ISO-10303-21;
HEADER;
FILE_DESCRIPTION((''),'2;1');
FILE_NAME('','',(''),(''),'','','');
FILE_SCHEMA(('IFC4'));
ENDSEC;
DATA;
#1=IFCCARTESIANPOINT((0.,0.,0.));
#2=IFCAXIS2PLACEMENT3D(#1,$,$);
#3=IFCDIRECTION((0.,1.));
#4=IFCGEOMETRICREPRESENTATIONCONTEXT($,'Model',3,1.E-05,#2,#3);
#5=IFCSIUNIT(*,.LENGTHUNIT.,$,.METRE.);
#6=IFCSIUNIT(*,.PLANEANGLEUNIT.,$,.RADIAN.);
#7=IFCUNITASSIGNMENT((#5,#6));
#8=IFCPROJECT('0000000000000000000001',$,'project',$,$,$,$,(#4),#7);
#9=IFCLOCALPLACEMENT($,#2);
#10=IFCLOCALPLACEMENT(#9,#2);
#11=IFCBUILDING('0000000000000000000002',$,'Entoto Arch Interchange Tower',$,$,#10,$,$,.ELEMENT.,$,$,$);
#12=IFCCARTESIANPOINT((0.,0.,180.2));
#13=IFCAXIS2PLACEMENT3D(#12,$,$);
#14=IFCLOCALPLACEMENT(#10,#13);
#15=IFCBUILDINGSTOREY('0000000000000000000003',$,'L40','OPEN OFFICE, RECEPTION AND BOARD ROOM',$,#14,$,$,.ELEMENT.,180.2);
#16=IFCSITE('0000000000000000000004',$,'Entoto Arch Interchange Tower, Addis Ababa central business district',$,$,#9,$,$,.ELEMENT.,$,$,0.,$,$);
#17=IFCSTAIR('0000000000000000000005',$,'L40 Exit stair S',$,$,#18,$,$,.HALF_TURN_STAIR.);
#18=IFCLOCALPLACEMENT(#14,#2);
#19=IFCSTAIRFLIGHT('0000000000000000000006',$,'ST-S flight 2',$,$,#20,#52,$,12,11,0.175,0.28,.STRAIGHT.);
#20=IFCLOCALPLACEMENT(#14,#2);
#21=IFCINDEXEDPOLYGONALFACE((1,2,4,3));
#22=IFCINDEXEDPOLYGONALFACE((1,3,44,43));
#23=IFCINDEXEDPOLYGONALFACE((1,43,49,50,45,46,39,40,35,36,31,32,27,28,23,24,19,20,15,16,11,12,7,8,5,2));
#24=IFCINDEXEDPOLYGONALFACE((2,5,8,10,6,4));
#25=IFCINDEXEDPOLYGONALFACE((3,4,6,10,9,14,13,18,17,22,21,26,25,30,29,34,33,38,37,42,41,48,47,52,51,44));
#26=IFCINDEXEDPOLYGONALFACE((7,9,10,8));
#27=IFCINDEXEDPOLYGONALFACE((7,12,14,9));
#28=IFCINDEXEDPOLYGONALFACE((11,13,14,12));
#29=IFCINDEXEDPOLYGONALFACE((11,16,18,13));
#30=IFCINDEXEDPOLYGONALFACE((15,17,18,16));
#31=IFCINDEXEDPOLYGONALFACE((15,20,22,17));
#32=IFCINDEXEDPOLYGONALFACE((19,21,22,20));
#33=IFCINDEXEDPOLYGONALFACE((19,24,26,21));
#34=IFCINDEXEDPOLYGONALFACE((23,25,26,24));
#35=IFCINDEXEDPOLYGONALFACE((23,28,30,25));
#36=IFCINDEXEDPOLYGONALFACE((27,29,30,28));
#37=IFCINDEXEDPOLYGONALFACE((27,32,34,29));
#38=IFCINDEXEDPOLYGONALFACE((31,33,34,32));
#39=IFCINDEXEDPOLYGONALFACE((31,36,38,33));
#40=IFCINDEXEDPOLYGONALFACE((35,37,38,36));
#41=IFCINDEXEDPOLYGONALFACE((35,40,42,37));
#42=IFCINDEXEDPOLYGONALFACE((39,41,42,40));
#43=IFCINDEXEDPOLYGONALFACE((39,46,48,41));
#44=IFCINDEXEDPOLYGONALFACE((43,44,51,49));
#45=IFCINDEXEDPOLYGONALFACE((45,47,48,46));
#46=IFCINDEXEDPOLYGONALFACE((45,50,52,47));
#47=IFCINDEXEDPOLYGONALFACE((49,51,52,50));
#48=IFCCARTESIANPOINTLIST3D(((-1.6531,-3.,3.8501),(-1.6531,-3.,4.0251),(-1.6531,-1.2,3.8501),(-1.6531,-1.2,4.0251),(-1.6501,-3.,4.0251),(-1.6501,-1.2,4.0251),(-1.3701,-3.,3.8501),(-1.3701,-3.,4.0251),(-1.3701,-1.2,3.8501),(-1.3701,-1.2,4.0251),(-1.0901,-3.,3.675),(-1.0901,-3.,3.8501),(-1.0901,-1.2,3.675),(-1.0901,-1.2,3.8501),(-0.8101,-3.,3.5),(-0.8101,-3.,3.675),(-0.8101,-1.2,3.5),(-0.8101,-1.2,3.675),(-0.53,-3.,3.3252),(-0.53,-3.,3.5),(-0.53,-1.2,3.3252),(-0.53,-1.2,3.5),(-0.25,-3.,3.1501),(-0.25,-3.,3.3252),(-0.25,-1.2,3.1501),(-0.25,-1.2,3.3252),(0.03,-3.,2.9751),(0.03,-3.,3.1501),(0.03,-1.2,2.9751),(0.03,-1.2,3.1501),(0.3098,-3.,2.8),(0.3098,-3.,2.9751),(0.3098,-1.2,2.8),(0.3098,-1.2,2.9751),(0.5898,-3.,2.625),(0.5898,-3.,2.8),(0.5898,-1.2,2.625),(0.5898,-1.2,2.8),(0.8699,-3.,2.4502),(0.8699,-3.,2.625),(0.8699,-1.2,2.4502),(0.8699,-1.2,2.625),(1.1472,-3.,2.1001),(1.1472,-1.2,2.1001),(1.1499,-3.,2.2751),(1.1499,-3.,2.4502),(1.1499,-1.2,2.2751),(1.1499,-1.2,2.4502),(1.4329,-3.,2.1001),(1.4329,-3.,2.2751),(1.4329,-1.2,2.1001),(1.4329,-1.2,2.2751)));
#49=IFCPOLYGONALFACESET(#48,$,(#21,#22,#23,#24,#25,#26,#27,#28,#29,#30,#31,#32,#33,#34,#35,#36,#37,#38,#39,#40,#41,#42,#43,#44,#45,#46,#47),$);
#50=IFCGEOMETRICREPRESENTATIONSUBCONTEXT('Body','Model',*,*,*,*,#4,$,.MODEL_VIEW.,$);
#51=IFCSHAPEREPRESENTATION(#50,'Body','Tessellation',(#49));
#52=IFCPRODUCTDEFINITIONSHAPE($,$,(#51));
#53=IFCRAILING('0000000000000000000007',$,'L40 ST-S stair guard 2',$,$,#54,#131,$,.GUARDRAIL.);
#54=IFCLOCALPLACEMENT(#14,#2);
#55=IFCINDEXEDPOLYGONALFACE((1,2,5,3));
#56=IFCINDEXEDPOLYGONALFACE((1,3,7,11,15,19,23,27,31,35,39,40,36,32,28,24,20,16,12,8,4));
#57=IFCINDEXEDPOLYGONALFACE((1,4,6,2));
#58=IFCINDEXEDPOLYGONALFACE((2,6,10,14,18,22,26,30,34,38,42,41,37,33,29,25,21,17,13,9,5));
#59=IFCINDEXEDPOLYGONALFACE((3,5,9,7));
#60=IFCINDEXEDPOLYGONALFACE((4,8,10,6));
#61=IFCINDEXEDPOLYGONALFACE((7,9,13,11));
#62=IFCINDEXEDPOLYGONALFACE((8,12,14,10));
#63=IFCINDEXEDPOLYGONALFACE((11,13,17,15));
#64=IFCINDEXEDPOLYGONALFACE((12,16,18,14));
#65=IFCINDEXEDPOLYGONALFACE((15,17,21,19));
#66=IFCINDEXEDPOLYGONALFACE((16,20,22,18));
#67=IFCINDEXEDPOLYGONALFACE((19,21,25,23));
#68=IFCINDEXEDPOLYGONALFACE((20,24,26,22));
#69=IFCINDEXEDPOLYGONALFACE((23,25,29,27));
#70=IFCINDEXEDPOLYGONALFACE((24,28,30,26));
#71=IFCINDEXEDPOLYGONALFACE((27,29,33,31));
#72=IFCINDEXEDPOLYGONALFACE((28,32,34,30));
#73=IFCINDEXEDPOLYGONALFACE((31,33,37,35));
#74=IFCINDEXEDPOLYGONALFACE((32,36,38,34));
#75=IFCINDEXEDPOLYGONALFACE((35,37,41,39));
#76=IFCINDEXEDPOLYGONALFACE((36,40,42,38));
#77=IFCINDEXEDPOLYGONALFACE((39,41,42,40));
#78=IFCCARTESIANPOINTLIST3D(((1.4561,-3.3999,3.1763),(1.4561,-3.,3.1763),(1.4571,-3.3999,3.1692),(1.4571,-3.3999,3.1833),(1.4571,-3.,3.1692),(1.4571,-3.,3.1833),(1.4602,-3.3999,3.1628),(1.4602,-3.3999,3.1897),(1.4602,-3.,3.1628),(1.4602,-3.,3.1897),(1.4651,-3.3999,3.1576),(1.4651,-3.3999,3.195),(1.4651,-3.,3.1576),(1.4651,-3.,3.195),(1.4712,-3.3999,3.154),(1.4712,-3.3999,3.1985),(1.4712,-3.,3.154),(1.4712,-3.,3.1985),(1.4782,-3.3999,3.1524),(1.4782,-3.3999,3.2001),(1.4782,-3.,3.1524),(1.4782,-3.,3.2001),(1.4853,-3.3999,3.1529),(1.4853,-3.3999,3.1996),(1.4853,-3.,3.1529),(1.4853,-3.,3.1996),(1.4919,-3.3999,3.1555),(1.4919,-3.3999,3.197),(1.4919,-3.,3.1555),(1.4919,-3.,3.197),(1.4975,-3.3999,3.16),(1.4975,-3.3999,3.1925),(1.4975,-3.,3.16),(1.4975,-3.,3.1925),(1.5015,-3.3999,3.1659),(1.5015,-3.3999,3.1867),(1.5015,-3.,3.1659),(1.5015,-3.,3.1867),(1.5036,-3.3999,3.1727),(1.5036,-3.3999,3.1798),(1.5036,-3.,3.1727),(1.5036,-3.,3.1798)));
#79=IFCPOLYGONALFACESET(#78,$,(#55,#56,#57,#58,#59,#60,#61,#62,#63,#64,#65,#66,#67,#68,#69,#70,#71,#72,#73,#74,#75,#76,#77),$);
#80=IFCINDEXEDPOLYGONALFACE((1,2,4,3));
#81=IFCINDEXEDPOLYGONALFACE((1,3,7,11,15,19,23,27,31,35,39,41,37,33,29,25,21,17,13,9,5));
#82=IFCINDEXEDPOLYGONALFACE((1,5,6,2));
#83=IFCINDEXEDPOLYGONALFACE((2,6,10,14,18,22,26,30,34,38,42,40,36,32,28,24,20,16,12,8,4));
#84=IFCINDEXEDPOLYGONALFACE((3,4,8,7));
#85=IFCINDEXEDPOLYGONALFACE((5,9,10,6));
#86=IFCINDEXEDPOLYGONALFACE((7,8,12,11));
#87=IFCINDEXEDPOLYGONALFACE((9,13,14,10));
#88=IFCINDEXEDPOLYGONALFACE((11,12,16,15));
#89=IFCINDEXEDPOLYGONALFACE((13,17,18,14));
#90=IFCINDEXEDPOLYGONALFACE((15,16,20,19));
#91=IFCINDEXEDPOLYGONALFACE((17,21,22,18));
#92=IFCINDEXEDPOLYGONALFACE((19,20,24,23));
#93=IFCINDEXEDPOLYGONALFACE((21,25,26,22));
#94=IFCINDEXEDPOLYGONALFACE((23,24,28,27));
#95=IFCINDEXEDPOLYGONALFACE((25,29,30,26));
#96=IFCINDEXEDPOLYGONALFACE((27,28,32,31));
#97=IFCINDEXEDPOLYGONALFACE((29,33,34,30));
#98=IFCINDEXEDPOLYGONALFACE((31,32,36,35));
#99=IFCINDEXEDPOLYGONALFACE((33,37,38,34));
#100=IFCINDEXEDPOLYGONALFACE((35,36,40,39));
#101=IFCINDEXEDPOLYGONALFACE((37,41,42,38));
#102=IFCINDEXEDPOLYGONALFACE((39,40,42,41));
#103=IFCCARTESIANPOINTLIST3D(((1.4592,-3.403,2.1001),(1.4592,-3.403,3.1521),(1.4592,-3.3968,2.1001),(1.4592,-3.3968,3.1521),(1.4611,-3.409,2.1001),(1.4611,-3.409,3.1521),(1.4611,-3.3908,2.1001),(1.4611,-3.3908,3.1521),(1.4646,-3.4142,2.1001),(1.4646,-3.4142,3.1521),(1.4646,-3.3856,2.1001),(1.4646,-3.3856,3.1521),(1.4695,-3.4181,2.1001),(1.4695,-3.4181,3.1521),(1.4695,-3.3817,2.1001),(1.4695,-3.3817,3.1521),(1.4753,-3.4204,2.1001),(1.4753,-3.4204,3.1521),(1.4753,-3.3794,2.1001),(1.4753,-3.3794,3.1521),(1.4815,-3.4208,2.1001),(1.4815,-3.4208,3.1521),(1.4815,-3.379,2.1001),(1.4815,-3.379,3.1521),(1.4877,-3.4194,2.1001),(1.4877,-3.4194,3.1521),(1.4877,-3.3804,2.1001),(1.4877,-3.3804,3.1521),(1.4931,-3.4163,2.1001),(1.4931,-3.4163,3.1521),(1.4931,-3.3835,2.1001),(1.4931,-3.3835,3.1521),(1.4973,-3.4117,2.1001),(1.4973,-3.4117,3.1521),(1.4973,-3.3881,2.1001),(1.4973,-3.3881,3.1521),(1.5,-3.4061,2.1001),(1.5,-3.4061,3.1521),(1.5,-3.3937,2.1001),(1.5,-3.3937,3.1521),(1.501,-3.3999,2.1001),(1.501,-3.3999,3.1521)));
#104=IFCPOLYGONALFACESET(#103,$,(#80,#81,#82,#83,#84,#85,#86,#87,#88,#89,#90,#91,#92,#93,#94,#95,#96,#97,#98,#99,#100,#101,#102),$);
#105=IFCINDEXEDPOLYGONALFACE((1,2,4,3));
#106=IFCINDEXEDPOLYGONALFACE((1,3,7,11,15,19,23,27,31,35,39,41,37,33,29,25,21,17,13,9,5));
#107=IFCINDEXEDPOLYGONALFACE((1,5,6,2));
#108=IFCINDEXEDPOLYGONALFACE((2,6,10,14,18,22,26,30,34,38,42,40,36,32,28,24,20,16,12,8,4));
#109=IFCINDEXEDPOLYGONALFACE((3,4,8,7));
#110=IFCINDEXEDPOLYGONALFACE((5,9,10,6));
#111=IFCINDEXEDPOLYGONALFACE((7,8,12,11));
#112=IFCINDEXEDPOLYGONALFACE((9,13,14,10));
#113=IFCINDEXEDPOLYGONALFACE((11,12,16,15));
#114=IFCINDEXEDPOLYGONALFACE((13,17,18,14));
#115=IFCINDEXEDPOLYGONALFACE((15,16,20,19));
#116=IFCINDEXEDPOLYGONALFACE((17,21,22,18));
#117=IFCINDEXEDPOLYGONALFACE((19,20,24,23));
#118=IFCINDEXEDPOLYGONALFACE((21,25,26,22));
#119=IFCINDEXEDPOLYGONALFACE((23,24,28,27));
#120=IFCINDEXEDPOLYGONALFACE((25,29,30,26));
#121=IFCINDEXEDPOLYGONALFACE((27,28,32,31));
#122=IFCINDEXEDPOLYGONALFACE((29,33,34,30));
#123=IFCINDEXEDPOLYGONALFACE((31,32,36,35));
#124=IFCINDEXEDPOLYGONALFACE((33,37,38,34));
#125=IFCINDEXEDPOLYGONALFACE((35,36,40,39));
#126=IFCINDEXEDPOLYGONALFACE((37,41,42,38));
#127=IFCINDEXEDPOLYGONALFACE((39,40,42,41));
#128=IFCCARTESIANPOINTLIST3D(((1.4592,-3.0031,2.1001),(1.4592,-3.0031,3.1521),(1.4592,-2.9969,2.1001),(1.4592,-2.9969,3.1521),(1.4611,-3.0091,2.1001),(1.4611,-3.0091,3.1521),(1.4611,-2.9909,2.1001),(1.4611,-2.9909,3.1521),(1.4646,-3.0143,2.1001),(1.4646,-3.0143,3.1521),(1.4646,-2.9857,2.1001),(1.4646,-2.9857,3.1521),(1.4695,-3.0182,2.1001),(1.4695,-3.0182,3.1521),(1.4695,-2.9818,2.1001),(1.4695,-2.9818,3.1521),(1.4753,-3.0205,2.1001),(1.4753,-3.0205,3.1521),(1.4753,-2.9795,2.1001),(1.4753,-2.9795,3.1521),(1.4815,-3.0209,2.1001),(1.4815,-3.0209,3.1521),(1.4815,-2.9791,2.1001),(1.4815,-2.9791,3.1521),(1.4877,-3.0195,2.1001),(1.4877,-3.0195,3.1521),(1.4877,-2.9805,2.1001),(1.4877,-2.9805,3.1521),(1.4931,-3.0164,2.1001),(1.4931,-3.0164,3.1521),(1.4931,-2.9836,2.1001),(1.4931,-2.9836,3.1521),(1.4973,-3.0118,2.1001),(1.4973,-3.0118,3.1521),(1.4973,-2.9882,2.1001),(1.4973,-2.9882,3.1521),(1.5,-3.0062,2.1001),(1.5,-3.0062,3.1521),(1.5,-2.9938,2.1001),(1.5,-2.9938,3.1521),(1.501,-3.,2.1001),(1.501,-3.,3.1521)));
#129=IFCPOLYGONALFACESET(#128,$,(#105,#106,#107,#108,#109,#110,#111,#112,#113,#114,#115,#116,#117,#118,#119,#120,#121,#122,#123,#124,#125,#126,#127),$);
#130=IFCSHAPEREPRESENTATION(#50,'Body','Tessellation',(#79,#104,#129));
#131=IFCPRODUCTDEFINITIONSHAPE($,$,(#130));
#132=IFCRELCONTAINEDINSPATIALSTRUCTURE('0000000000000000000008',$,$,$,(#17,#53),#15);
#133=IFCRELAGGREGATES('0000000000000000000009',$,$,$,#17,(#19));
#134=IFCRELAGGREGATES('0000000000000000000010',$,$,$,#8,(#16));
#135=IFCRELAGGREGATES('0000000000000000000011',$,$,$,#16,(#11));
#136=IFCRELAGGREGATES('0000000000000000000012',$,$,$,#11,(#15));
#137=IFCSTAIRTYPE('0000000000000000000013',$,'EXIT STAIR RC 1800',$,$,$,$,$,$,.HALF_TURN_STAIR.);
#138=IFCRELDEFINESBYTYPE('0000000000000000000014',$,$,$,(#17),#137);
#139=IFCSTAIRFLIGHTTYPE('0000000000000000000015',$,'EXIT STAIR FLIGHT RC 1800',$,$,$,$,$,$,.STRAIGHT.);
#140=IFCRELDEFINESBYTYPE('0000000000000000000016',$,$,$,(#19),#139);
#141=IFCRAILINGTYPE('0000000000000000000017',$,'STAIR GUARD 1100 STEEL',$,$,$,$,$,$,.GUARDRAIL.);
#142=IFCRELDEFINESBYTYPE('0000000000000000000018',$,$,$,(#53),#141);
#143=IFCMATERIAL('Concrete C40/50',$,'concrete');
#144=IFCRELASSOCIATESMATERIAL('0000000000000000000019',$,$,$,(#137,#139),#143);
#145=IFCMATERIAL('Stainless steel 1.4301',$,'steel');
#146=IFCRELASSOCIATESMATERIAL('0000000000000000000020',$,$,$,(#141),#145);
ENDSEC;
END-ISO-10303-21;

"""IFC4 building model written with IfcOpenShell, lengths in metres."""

from ifc_helpers import new_model, si_unit, direction, frame, origin, origin_2d, place, context, subcontext, project, spatial, polyline, circle, outline, extrude, material, type_object, element, aggregate, save


model = new_model("IFC4")

# Units and contexts
model_context = context("Model", 3, precision=1e-05, world=origin(), true_north=direction((0.0, 1.0)))
body_context = subcontext(model_context, "Body", "Model", "MODEL_VIEW")
ifc_project = project(units=[si_unit("LENGTHUNIT", "METRE"), si_unit("PLANEANGLEUNIT", "RADIAN")], contexts=[model_context])

# Site, building, storey
site_placement = place(None, origin())
site = spatial("IfcSite", under=ifc_project, at=site_placement, Name="Entoto Arch Interchange Tower, Addis Ababa central business district", CompositionType="ELEMENT", RefElevation=0.0)
building_placement = place(site_placement, origin())
building = spatial("IfcBuilding", under=site, at=building_placement, Name="Entoto Arch Interchange Tower", CompositionType="ELEMENT")
storey_placement = place(building_placement, frame((0.0, 0.0, 180.2)))
storey = spatial("IfcBuildingStorey", under=building, at=storey_placement, Name="L40", Description="OPEN OFFICE, RECEPTION AND BOARD ROOM", CompositionType="ELEMENT", Elevation=180.2)

# Shared definitions
ifc_material_1 = material(Name="Concrete C40/50", Category="concrete")

# Stair, stair flight
stair_type = type_object("IfcStairType", Name="EXIT STAIR RC 1800", PredefinedType="HALF_TURN_STAIR", material=ifc_material_1)
stair_placement = place(storey_placement, origin())
stair = element("IfcStair", 1, at=stair_placement, inside=storey, type_object=stair_type, Name="L40 Exit stair S", PredefinedType="HALF_TURN_STAIR")
stair_flight_type = type_object("IfcStairFlightType", Name="EXIT STAIR FLIGHT RC 1800", PredefinedType="STRAIGHT", material=ifc_material_1)
stair_flight_placement = place(storey_placement, frame((1.4299, -2.1001, 2.1001), z_axis=(0.0, 0.0, 1.0), x_axis=(-1.0, 0.0, 0.0)))
stair_flight = element("IfcStairFlight", 2, at=stair_flight_placement, type_object=stair_flight_type, Name="ST-S flight 2", NumberOfRisers=12, NumberOfTreads=11, PredefinedType="STRAIGHT", RiserHeight=0.175, TreadLength=0.28, context=body_context, shape_type="SweptSolid", body=[
    extrude(outline(polyline([(-0.0029, 0.0), (-0.0029, 0.175), (0.28, 0.175), (0.28, 0.3501), (0.5601, 0.3501), (0.5601, 0.5249), (0.8401, 0.5249), (0.8401, 0.7), (1.1201, 0.7), (1.1201, 0.875), (1.3999, 0.875), (1.3999, 1.05), (1.6799, 1.05), (1.6799, 1.2251), (1.96, 1.2251), (1.96, 1.3999), (2.24, 1.3999), (2.24, 1.575), (2.52, 1.575), (2.52, 1.75), (2.8, 1.75), (2.8, 1.925), (3.0801, 1.925), (3.083, 1.925), (3.083, 1.75), (0.2827, 0.0), (-0.0029, 0.0)])), frame((0.0, 0.8999, 0.0), z_axis=(0.0, -1.0, 0.0), x_axis=(1.0, 0.0, 0.0)), (0.0, 0.0, 1.0), 1.8),
])
aggregate(stair, [stair_flight])

# Railing
ifc_material_2 = material(Name="Stainless steel 1.4301", Category="steel")
railing_type_1 = type_object("IfcRailingType", Name="STAIR GUARD 1100 STEEL", PredefinedType="GUARDRAIL", material=ifc_material_2)
railing_1_placement = place(storey_placement, frame((1.48, -3.3999, 2.1001)))
element("IfcRailing", 3, at=railing_1_placement, inside=storey, type_object=railing_type_1, Name="L40 ST-S stair guard 2", PredefinedType="GUARDRAIL", context=body_context, shape_type="SweptSolid", body=[
    extrude(circle(Radius=0.0239, at=origin_2d()), frame((0.0, 0.0, 1.0762), z_axis=(0.0, 1.0, 0.0), x_axis=(-1.0, 0.0, 0.0)), (0.0, 0.0, 1.0), 0.3999),
    extrude(circle(Radius=0.021, at=origin_2d()), origin(), (0.0, 0.0, 1.0), 1.052),
    extrude(circle(Radius=0.021, at=origin_2d()), frame((0.0, 0.3999, 0.0)), (0.0, 0.0, 1.0), 1.052),
])

save(model, "model.ifc")
